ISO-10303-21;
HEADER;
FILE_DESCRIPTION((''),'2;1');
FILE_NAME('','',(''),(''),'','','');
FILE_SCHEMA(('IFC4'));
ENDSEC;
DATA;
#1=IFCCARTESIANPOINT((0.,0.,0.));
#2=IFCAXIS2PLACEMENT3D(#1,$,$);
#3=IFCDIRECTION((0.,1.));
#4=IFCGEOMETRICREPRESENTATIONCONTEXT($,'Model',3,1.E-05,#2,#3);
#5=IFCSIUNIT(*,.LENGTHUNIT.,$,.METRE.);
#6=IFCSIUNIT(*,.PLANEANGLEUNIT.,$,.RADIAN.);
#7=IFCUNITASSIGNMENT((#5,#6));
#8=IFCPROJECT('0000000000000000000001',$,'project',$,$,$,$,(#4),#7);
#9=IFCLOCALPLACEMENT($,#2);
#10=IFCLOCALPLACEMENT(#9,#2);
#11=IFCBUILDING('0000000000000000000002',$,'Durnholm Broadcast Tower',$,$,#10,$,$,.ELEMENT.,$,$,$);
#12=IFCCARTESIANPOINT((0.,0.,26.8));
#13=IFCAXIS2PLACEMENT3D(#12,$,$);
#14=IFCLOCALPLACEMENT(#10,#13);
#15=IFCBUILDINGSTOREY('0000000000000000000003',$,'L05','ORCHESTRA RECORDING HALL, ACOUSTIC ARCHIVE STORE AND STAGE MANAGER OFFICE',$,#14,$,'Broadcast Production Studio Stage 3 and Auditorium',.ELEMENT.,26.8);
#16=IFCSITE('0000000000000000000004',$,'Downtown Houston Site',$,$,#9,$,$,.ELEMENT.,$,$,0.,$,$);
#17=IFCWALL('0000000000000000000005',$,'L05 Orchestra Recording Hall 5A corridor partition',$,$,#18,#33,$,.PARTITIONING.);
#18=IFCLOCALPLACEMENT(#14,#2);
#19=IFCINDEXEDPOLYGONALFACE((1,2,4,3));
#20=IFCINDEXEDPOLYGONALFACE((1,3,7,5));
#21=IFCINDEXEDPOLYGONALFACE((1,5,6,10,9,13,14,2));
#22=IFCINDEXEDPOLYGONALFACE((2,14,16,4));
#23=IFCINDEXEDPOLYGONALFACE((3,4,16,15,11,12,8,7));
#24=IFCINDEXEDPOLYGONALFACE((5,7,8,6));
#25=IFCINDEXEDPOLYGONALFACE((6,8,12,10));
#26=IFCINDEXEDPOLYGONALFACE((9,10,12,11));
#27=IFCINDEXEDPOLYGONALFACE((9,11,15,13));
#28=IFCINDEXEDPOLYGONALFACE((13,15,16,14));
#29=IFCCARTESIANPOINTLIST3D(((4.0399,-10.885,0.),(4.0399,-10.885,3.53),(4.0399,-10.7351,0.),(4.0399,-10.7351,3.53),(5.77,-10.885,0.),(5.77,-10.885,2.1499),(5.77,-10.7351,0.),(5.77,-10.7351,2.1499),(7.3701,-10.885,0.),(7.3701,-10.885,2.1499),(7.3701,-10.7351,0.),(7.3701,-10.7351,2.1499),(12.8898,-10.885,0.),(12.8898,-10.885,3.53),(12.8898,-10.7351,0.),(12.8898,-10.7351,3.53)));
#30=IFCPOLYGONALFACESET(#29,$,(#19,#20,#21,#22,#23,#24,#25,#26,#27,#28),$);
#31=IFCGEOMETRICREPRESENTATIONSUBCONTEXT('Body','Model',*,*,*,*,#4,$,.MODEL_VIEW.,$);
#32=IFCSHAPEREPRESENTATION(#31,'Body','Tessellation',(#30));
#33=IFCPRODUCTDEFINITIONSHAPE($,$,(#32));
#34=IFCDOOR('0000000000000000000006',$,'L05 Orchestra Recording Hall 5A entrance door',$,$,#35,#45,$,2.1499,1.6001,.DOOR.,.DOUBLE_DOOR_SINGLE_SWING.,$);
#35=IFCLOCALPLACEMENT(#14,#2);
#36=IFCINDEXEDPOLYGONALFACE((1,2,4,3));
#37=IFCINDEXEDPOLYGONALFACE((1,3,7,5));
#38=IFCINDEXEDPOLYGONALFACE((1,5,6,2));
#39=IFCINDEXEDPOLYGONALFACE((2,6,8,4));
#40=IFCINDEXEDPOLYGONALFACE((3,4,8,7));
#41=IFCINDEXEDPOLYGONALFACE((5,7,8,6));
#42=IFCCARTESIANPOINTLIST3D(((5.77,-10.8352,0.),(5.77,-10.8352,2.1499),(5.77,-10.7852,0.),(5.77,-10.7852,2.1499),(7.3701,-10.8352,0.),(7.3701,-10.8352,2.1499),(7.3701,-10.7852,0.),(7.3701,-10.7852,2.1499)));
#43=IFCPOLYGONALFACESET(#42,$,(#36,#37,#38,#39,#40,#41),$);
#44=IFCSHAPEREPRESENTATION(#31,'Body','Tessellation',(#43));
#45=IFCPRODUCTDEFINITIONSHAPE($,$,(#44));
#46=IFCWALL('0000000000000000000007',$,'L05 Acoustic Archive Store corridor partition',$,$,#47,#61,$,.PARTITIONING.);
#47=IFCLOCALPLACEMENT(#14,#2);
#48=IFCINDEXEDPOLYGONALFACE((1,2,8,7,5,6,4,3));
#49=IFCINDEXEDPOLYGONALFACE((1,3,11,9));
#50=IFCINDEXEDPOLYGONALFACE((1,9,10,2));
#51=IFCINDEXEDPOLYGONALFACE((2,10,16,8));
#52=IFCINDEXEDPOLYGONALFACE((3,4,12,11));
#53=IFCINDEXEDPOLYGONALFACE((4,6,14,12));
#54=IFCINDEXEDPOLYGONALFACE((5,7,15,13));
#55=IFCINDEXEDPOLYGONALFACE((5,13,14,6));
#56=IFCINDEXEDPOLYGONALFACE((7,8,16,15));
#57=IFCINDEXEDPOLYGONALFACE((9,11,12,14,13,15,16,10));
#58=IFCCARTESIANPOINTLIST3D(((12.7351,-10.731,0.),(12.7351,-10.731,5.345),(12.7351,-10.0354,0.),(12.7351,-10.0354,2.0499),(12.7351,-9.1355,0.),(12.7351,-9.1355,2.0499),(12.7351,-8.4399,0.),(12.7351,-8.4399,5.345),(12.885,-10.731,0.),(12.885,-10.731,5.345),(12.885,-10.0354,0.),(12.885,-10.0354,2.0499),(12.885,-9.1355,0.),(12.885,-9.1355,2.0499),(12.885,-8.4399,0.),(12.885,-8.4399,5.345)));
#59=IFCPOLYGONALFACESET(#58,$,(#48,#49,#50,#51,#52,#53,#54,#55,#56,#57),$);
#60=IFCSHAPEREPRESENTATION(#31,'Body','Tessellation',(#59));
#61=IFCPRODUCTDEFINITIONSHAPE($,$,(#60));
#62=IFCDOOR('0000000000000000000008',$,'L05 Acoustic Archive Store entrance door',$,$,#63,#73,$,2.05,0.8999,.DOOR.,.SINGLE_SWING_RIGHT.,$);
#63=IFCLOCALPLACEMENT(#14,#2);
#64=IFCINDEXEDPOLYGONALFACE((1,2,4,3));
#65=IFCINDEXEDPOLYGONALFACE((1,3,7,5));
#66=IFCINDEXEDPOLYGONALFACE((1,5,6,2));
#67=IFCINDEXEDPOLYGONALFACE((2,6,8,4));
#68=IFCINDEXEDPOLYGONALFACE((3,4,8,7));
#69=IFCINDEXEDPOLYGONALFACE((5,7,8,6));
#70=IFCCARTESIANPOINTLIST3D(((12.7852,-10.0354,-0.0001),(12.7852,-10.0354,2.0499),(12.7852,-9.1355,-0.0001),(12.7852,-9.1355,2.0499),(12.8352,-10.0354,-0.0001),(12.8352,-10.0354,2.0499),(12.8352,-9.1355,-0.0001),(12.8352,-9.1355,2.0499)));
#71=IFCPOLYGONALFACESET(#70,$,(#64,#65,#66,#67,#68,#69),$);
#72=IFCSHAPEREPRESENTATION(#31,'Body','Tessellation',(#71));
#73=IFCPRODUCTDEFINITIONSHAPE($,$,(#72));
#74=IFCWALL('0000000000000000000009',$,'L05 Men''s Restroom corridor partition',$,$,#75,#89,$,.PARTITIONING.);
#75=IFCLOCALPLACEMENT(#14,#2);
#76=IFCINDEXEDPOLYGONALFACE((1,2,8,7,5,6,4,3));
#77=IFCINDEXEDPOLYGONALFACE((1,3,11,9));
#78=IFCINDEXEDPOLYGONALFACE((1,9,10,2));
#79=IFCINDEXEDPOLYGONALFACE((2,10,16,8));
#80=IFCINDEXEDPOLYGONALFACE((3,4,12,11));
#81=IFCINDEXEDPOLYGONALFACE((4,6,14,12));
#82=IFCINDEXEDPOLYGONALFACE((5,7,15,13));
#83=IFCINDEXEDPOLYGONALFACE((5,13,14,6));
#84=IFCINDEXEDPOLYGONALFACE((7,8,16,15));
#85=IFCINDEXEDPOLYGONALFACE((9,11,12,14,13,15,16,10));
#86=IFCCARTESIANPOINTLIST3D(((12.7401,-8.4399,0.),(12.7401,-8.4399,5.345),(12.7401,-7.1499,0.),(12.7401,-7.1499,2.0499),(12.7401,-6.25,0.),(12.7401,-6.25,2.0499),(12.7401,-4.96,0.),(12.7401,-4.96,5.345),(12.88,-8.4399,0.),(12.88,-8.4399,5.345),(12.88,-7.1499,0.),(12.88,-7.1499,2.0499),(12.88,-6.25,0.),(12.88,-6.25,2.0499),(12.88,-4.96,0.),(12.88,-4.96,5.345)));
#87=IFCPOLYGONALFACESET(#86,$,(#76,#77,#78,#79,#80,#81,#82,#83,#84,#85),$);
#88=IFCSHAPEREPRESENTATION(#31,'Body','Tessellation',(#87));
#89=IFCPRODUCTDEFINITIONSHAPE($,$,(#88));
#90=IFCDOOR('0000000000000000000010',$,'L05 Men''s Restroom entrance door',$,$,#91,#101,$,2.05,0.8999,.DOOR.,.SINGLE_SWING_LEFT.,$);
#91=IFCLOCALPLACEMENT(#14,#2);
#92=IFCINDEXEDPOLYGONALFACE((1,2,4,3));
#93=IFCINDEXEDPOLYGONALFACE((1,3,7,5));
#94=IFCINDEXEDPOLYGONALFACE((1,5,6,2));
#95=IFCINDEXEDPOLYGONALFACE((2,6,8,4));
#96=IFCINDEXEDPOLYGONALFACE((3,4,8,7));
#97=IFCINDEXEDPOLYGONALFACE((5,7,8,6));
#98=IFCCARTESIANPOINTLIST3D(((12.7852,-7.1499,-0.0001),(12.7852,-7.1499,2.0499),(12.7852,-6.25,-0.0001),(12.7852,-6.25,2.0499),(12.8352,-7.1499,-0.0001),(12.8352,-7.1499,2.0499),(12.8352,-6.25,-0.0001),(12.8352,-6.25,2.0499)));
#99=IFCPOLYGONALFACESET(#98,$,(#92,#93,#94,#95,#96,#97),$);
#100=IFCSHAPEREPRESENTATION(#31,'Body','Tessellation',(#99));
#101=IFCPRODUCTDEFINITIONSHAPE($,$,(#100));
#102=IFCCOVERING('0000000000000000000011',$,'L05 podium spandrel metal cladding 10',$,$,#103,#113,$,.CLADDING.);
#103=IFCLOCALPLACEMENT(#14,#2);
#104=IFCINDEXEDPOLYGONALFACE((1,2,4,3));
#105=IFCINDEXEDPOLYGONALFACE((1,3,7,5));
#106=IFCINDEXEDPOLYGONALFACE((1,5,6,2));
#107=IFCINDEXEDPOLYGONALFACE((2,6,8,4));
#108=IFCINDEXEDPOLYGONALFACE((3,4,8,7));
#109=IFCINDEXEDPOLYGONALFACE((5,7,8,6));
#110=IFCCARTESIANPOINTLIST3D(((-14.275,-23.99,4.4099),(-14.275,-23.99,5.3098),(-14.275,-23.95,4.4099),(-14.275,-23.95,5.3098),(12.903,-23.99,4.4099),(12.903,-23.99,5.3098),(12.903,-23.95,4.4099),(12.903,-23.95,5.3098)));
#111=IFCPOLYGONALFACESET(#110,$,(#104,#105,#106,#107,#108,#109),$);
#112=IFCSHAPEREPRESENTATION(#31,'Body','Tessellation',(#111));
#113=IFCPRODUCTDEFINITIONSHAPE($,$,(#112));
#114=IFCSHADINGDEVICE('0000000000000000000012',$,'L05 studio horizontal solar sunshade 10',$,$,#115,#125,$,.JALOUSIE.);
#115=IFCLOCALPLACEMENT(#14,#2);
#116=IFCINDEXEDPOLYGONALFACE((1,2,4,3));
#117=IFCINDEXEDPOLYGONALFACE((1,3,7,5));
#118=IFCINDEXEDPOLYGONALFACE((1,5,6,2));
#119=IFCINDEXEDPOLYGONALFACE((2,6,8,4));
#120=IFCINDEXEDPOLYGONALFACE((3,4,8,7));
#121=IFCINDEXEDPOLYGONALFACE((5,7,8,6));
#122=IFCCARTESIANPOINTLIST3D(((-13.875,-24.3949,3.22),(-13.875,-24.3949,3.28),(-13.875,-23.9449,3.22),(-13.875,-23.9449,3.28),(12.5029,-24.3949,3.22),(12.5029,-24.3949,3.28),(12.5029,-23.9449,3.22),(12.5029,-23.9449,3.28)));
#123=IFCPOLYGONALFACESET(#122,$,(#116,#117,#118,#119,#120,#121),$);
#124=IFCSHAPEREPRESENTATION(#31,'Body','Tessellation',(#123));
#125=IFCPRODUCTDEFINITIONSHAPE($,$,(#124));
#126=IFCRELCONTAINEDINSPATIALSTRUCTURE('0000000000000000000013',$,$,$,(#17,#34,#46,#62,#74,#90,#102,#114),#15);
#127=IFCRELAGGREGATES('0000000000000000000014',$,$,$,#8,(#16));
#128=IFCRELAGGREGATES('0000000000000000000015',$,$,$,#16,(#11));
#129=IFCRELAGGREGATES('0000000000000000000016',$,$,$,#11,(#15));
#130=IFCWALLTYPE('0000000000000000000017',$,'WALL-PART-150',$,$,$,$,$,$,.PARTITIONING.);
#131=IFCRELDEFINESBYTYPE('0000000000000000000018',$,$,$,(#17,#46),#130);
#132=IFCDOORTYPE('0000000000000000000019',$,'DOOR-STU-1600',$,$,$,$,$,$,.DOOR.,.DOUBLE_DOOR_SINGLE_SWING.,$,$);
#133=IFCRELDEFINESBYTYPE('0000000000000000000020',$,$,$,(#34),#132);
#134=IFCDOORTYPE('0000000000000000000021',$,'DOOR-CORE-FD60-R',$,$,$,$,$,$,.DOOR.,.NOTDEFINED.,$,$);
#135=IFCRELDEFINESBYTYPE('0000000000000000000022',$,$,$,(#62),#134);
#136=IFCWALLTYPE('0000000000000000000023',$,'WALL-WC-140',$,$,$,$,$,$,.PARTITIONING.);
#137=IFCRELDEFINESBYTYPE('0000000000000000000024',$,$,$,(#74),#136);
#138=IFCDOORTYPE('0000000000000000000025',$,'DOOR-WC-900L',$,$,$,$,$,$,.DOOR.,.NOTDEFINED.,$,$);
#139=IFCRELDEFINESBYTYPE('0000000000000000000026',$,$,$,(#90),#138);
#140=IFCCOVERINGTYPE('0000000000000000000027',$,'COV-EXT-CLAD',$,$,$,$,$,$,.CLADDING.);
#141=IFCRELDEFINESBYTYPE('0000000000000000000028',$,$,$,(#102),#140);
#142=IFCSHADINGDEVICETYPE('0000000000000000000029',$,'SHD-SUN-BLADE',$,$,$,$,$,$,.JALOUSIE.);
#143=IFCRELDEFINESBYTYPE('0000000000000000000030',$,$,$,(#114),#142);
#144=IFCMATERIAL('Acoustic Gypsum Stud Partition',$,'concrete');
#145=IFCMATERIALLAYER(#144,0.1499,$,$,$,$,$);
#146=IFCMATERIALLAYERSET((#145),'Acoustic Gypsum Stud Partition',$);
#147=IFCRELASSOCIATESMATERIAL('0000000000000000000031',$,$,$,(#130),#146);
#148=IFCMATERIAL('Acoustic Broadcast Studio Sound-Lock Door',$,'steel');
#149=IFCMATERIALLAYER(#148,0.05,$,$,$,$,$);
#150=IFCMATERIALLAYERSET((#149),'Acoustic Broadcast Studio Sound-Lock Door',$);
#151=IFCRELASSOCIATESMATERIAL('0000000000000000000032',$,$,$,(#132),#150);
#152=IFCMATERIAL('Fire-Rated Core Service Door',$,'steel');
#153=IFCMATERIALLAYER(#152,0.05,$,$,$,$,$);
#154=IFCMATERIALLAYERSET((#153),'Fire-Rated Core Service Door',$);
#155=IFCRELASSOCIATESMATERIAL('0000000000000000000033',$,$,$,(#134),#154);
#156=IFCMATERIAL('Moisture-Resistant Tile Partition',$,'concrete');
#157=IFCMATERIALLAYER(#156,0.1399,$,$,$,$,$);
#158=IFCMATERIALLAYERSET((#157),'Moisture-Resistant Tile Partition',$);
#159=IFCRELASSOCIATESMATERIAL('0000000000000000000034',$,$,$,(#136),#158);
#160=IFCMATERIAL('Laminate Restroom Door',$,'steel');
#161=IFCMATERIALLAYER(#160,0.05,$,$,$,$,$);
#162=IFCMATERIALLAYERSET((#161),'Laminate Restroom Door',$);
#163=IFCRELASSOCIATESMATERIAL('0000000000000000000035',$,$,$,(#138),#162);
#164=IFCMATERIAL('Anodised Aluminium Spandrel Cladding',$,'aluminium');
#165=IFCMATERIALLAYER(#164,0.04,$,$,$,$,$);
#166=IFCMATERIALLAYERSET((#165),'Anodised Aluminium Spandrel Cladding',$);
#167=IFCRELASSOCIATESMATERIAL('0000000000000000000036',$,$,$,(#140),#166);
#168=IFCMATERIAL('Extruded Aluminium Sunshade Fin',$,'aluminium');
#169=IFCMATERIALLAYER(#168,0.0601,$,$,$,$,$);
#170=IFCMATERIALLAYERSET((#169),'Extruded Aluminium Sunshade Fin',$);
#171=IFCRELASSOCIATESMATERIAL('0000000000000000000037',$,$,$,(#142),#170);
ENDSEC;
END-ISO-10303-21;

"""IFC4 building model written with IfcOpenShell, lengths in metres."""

from ifc_helpers import new_model, si_unit, direction, frame, frame_2d, origin, origin_2d, place, context, subcontext, project, spatial, rectangle, extrude, source, transform, mapped, material, layer, layer_set, type_object, type_shapes, element, fill, save


model = new_model("IFC4")

# Units and contexts
model_context = context("Model", 3, precision=1e-05, world=origin(), true_north=direction((0.0, 1.0)))
body_context = subcontext(model_context, "Body", "Model", "MODEL_VIEW")
ifc_project = project(units=[si_unit("LENGTHUNIT", "METRE"), si_unit("PLANEANGLEUNIT", "RADIAN")], contexts=[model_context])

# Site, building, storey
site_placement = place(None, origin())
site = spatial("IfcSite", under=ifc_project, at=site_placement, Name="Downtown Houston Site", CompositionType="ELEMENT", RefElevation=0.0)
building_placement = place(site_placement, origin())
building = spatial("IfcBuilding", under=site, at=building_placement, Name="Durnholm Broadcast Tower", CompositionType="ELEMENT")
storey_placement = place(building_placement, frame((0.0, 0.0, 26.8)))
storey = spatial("IfcBuildingStorey", under=building, at=storey_placement, Name="L05", Description="ORCHESTRA RECORDING HALL, ACOUSTIC ARCHIVE STORE AND STAGE MANAGER OFFICE", LongName="Broadcast Production Studio Stage 3 and Auditorium", CompositionType="ELEMENT", Elevation=26.8)

# Walls, openings, doors
ifc_material_1 = material(Name="Acoustic Gypsum Stud Partition", Category="concrete")
ifc_layer_1 = layer(ifc_material_1, 0.1499)
ifc_layer_set_1 = layer_set([ifc_layer_1], Name="Acoustic Gypsum Stud Partition")
wall_type_1 = type_object("IfcWallType", Name="WALL-PART-150", PredefinedType="PARTITIONING", material=ifc_layer_set_1)
wall_1_placement = place(storey_placement, frame((4.04, -10.8101, 0.0), z_axis=(0.0, 0.0, 1.0), x_axis=(1.0, 0.0, 0.0)))
wall_1 = element("IfcWall", 1, at=wall_1_placement, inside=storey, type_object=wall_type_1, Name="L05 Orchestra Recording Hall 5A corridor partition", PredefinedType="PARTITIONING", context=body_context, shape_type="SweptSolid", body=[
    extrude(rectangle(XDim=8.8499, YDim=0.1499, at=frame_2d((4.4248, 0.0))), origin(), (0.0, 0.0, 1.0), 3.53),
])
opening_1_placement = place(wall_1_placement, frame((1.73, 0.0, 0.0)))
opening_1 = element("IfcOpeningElement", 2, at=opening_1_placement, cuts=wall_1, PredefinedType="OPENING", context=body_context, shape_type="SweptSolid", body=[
    extrude(rectangle(XDim=1.6001, YDim=2.1499, at=frame_2d((0.8, 1.075))), frame((0.0, 0.085, 0.0), z_axis=(0.0, -1.0, 0.0), x_axis=(1.0, 0.0, 0.0)), (0.0, 0.0, 1.0), 0.1699),
])
ifc_material_2 = material(Name="Acoustic Broadcast Studio Sound-Lock Door", Category="steel")
ifc_layer_2 = layer(ifc_material_2, 0.05)
ifc_layer_set_2 = layer_set([ifc_layer_2], Name="Acoustic Broadcast Studio Sound-Lock Door")
door_type_1 = type_object("IfcDoorType", Name="DOOR-STU-1600", OperationType="DOUBLE_DOOR_SINGLE_SWING", PredefinedType="DOOR", material=ifc_layer_set_2)
shared_shape_1 = source(origin(), body_context, "Body", "SweptSolid", [
    extrude(rectangle(XDim=1.6001, YDim=2.1499, at=frame_2d((0.8, 1.075))), frame((0.0, 0.0249, 0.0), z_axis=(0.0, -1.0, 0.0), x_axis=(1.0, 0.0, 0.0)), (0.0, 0.0, 1.0), 0.05),
])
type_shapes(door_type_1, [shared_shape_1])
door_1_placement = place(opening_1_placement, origin())
door_1 = element("IfcDoor", 3, at=door_1_placement, inside=storey, type_object=door_type_1, Name="L05 Orchestra Recording Hall 5A entrance door", OperationType="DOUBLE_DOOR_SINGLE_SWING", OverallHeight=2.1499, OverallWidth=1.6001, PredefinedType="DOOR", context=body_context, shape_type="MappedRepresentation", body=[
    mapped(shared_shape_1, transform((0.0, 0.0, 0.0), x_axis=(1.0, 0.0, 0.0), y_axis=(0.0, 1.0, 0.0), z_axis=(0.0, 0.0, 1.0), scale=1.0)),
])
fill(opening_1, door_1)
wall_2_placement = place(storey_placement, frame((12.8101, -10.731, 0.0), z_axis=(0.0, 0.0, 1.0), x_axis=(0.0, 1.0, 0.0)))
wall_2 = element("IfcWall", 4, at=wall_2_placement, inside=storey, type_object=wall_type_1, Name="L05 Acoustic Archive Store corridor partition", PredefinedType="PARTITIONING", context=body_context, shape_type="SweptSolid", body=[
    extrude(rectangle(XDim=2.291, YDim=0.1499, at=frame_2d((1.1455, 0.0))), origin(), (0.0, 0.0, 1.0), 5.345),
])
opening_2_placement = place(wall_2_placement, frame((0.6956, 0.0, 0.0)))
opening_2 = element("IfcOpeningElement", 5, at=opening_2_placement, cuts=wall_2, PredefinedType="OPENING", context=body_context, shape_type="SweptSolid", body=[
    extrude(rectangle(XDim=0.8999, YDim=2.05, at=frame_2d((0.45, 1.0249))), frame((0.0, 0.085, 0.0), z_axis=(0.0, -1.0, 0.0), x_axis=(1.0, 0.0, 0.0)), (0.0, 0.0, 1.0), 0.1699),
])
ifc_material_3 = material(Name="Fire-Rated Core Service Door", Category="steel")
ifc_layer_3 = layer(ifc_material_3, 0.05)
ifc_layer_set_3 = layer_set([ifc_layer_3], Name="Fire-Rated Core Service Door")
door_type_2 = type_object("IfcDoorType", Name="DOOR-CORE-FD60-R", OperationType="NOTDEFINED", PredefinedType="DOOR", material=ifc_layer_set_3)
shared_shape_2 = source(origin(), body_context, "Body", "SweptSolid", [
    extrude(rectangle(XDim=0.8999, YDim=2.05, at=frame_2d((0.45, 1.0249))), frame((0.0, 0.0249, 0.0), z_axis=(0.0, -1.0, 0.0), x_axis=(1.0, 0.0, 0.0)), (0.0, 0.0, 1.0), 0.05),
])
type_shapes(door_type_2, [shared_shape_2])
door_2_placement = place(opening_2_placement, origin())
door_2 = element("IfcDoor", 6, at=door_2_placement, inside=storey, type_object=door_type_2, Name="L05 Acoustic Archive Store entrance door", OperationType="SINGLE_SWING_RIGHT", OverallHeight=2.05, OverallWidth=0.8999, PredefinedType="DOOR", context=body_context, shape_type="MappedRepresentation", body=[
    mapped(shared_shape_2, transform((0.0, 0.0, 0.0), x_axis=(1.0, 0.0, 0.0), y_axis=(0.0, 1.0, 0.0), z_axis=(0.0, 0.0, 1.0), scale=1.0)),
])
fill(opening_2, door_2)
ifc_material_4 = material(Name="Moisture-Resistant Tile Partition", Category="concrete")
ifc_layer_4 = layer(ifc_material_4, 0.1399)
ifc_layer_set_4 = layer_set([ifc_layer_4], Name="Moisture-Resistant Tile Partition")
wall_type_2 = type_object("IfcWallType", Name="WALL-WC-140", PredefinedType="PARTITIONING", material=ifc_layer_set_4)
wall_3_placement = place(storey_placement, frame((12.8101, -8.4399, 0.0), z_axis=(0.0, 0.0, 1.0), x_axis=(0.0, 1.0, 0.0)))
wall_3 = element("IfcWall", 7, at=wall_3_placement, inside=storey, type_object=wall_type_2, Name="L05 Men's Restroom corridor partition", PredefinedType="PARTITIONING", context=body_context, shape_type="SweptSolid", body=[
    extrude(rectangle(XDim=3.48, YDim=0.1399, at=frame_2d((1.74, 0.0))), origin(), (0.0, 0.0, 1.0), 5.345),
])
opening_3_placement = place(wall_3_placement, frame((1.29, 0.0, 0.0)))
opening_3 = element("IfcOpeningElement", 8, at=opening_3_placement, cuts=wall_3, PredefinedType="OPENING", context=body_context, shape_type="SweptSolid", body=[
    extrude(rectangle(XDim=0.8999, YDim=2.05, at=frame_2d((0.45, 1.0249))), frame((0.0, 0.0801, 0.0), z_axis=(0.0, -1.0, 0.0), x_axis=(1.0, 0.0, 0.0)), (0.0, 0.0, 1.0), 0.1599),
])
ifc_material_5 = material(Name="Laminate Restroom Door", Category="steel")
ifc_layer_5 = layer(ifc_material_5, 0.05)
ifc_layer_set_5 = layer_set([ifc_layer_5], Name="Laminate Restroom Door")
door_type_3 = type_object("IfcDoorType", Name="DOOR-WC-900L", OperationType="NOTDEFINED", PredefinedType="DOOR", material=ifc_layer_set_5)
shared_shape_3 = source(origin(), body_context, "Body", "SweptSolid", [
    extrude(rectangle(XDim=0.8999, YDim=2.05, at=frame_2d((0.45, 1.0249))), frame((0.0, 0.0249, 0.0), z_axis=(0.0, -1.0, 0.0), x_axis=(1.0, 0.0, 0.0)), (0.0, 0.0, 1.0), 0.05),
])
type_shapes(door_type_3, [shared_shape_3])
door_3_placement = place(opening_3_placement, origin())
door_3 = element("IfcDoor", 9, at=door_3_placement, inside=storey, type_object=door_type_3, Name="L05 Men's Restroom entrance door", OperationType="SINGLE_SWING_LEFT", OverallHeight=2.05, OverallWidth=0.8999, PredefinedType="DOOR", context=body_context, shape_type="MappedRepresentation", body=[
    mapped(shared_shape_3, transform((0.0, 0.0, 0.0), x_axis=(1.0, 0.0, 0.0), y_axis=(0.0, 1.0, 0.0), z_axis=(0.0, 0.0, 1.0), scale=1.0)),
])
fill(opening_3, door_3)

# Covering
ifc_material_6 = material(Name="Anodised Aluminium Spandrel Cladding", Category="aluminium")
ifc_layer_6 = layer(ifc_material_6, 0.04)
ifc_layer_set_6 = layer_set([ifc_layer_6], Name="Anodised Aluminium Spandrel Cladding")
covering_type = type_object("IfcCoveringType", Name="COV-EXT-CLAD", PredefinedType="CLADDING", material=ifc_layer_set_6)
shared_shape_4 = source(origin(), body_context, "Body", "SweptSolid", [
    extrude(rectangle(XDim=27.178, YDim=0.04, at=origin_2d()), origin(), (0.0, 0.0, 1.0), 0.8999),
])
type_shapes(covering_type, [shared_shape_4])
covering_placement = place(storey_placement, frame((-0.686, -23.97, 4.4099), z_axis=(0.0, 0.0, 1.0), x_axis=(-1.0, 0.0, 0.0)))
element("IfcCovering", 10, at=covering_placement, inside=storey, type_object=covering_type, Name="L05 podium spandrel metal cladding 10", PredefinedType="CLADDING", context=body_context, shape_type="MappedRepresentation", body=[
    mapped(shared_shape_4, transform((0.0, 0.0, 0.0), x_axis=(1.0, 0.0, 0.0), y_axis=(0.0, 1.0, 0.0), z_axis=(0.0, 0.0, 1.0), scale=1.0)),
])

# Shading device
ifc_material_7 = material(Name="Extruded Aluminium Sunshade Fin", Category="aluminium")
ifc_layer_7 = layer(ifc_material_7, 0.0601)
ifc_layer_set_7 = layer_set([ifc_layer_7], Name="Extruded Aluminium Sunshade Fin")
shading_device_type = type_object("IfcShadingDeviceType", Name="SHD-SUN-BLADE", PredefinedType="JALOUSIE", material=ifc_layer_set_7)
shared_shape_5 = source(origin(), body_context, "Body", "SweptSolid", [
    extrude(rectangle(XDim=26.3779, YDim=0.45, at=origin_2d()), origin(), (0.0, 0.0, 1.0), 0.0601),
])
type_shapes(shading_device_type, [shared_shape_5])
shading_device_placement = place(storey_placement, frame((-0.686, -24.1699, 3.22), z_axis=(0.0, 0.0, 1.0), x_axis=(-1.0, 0.0, 0.0)))
element("IfcShadingDevice", 11, at=shading_device_placement, inside=storey, type_object=shading_device_type, Name="L05 studio horizontal solar sunshade 10", PredefinedType="JALOUSIE", context=body_context, shape_type="MappedRepresentation", body=[
    mapped(shared_shape_5, transform((0.0, 0.0, 0.0), x_axis=(1.0, 0.0, 0.0), y_axis=(0.0, 1.0, 0.0), z_axis=(0.0, 0.0, 1.0), scale=1.0)),
])

save(model, "model.ifc")
